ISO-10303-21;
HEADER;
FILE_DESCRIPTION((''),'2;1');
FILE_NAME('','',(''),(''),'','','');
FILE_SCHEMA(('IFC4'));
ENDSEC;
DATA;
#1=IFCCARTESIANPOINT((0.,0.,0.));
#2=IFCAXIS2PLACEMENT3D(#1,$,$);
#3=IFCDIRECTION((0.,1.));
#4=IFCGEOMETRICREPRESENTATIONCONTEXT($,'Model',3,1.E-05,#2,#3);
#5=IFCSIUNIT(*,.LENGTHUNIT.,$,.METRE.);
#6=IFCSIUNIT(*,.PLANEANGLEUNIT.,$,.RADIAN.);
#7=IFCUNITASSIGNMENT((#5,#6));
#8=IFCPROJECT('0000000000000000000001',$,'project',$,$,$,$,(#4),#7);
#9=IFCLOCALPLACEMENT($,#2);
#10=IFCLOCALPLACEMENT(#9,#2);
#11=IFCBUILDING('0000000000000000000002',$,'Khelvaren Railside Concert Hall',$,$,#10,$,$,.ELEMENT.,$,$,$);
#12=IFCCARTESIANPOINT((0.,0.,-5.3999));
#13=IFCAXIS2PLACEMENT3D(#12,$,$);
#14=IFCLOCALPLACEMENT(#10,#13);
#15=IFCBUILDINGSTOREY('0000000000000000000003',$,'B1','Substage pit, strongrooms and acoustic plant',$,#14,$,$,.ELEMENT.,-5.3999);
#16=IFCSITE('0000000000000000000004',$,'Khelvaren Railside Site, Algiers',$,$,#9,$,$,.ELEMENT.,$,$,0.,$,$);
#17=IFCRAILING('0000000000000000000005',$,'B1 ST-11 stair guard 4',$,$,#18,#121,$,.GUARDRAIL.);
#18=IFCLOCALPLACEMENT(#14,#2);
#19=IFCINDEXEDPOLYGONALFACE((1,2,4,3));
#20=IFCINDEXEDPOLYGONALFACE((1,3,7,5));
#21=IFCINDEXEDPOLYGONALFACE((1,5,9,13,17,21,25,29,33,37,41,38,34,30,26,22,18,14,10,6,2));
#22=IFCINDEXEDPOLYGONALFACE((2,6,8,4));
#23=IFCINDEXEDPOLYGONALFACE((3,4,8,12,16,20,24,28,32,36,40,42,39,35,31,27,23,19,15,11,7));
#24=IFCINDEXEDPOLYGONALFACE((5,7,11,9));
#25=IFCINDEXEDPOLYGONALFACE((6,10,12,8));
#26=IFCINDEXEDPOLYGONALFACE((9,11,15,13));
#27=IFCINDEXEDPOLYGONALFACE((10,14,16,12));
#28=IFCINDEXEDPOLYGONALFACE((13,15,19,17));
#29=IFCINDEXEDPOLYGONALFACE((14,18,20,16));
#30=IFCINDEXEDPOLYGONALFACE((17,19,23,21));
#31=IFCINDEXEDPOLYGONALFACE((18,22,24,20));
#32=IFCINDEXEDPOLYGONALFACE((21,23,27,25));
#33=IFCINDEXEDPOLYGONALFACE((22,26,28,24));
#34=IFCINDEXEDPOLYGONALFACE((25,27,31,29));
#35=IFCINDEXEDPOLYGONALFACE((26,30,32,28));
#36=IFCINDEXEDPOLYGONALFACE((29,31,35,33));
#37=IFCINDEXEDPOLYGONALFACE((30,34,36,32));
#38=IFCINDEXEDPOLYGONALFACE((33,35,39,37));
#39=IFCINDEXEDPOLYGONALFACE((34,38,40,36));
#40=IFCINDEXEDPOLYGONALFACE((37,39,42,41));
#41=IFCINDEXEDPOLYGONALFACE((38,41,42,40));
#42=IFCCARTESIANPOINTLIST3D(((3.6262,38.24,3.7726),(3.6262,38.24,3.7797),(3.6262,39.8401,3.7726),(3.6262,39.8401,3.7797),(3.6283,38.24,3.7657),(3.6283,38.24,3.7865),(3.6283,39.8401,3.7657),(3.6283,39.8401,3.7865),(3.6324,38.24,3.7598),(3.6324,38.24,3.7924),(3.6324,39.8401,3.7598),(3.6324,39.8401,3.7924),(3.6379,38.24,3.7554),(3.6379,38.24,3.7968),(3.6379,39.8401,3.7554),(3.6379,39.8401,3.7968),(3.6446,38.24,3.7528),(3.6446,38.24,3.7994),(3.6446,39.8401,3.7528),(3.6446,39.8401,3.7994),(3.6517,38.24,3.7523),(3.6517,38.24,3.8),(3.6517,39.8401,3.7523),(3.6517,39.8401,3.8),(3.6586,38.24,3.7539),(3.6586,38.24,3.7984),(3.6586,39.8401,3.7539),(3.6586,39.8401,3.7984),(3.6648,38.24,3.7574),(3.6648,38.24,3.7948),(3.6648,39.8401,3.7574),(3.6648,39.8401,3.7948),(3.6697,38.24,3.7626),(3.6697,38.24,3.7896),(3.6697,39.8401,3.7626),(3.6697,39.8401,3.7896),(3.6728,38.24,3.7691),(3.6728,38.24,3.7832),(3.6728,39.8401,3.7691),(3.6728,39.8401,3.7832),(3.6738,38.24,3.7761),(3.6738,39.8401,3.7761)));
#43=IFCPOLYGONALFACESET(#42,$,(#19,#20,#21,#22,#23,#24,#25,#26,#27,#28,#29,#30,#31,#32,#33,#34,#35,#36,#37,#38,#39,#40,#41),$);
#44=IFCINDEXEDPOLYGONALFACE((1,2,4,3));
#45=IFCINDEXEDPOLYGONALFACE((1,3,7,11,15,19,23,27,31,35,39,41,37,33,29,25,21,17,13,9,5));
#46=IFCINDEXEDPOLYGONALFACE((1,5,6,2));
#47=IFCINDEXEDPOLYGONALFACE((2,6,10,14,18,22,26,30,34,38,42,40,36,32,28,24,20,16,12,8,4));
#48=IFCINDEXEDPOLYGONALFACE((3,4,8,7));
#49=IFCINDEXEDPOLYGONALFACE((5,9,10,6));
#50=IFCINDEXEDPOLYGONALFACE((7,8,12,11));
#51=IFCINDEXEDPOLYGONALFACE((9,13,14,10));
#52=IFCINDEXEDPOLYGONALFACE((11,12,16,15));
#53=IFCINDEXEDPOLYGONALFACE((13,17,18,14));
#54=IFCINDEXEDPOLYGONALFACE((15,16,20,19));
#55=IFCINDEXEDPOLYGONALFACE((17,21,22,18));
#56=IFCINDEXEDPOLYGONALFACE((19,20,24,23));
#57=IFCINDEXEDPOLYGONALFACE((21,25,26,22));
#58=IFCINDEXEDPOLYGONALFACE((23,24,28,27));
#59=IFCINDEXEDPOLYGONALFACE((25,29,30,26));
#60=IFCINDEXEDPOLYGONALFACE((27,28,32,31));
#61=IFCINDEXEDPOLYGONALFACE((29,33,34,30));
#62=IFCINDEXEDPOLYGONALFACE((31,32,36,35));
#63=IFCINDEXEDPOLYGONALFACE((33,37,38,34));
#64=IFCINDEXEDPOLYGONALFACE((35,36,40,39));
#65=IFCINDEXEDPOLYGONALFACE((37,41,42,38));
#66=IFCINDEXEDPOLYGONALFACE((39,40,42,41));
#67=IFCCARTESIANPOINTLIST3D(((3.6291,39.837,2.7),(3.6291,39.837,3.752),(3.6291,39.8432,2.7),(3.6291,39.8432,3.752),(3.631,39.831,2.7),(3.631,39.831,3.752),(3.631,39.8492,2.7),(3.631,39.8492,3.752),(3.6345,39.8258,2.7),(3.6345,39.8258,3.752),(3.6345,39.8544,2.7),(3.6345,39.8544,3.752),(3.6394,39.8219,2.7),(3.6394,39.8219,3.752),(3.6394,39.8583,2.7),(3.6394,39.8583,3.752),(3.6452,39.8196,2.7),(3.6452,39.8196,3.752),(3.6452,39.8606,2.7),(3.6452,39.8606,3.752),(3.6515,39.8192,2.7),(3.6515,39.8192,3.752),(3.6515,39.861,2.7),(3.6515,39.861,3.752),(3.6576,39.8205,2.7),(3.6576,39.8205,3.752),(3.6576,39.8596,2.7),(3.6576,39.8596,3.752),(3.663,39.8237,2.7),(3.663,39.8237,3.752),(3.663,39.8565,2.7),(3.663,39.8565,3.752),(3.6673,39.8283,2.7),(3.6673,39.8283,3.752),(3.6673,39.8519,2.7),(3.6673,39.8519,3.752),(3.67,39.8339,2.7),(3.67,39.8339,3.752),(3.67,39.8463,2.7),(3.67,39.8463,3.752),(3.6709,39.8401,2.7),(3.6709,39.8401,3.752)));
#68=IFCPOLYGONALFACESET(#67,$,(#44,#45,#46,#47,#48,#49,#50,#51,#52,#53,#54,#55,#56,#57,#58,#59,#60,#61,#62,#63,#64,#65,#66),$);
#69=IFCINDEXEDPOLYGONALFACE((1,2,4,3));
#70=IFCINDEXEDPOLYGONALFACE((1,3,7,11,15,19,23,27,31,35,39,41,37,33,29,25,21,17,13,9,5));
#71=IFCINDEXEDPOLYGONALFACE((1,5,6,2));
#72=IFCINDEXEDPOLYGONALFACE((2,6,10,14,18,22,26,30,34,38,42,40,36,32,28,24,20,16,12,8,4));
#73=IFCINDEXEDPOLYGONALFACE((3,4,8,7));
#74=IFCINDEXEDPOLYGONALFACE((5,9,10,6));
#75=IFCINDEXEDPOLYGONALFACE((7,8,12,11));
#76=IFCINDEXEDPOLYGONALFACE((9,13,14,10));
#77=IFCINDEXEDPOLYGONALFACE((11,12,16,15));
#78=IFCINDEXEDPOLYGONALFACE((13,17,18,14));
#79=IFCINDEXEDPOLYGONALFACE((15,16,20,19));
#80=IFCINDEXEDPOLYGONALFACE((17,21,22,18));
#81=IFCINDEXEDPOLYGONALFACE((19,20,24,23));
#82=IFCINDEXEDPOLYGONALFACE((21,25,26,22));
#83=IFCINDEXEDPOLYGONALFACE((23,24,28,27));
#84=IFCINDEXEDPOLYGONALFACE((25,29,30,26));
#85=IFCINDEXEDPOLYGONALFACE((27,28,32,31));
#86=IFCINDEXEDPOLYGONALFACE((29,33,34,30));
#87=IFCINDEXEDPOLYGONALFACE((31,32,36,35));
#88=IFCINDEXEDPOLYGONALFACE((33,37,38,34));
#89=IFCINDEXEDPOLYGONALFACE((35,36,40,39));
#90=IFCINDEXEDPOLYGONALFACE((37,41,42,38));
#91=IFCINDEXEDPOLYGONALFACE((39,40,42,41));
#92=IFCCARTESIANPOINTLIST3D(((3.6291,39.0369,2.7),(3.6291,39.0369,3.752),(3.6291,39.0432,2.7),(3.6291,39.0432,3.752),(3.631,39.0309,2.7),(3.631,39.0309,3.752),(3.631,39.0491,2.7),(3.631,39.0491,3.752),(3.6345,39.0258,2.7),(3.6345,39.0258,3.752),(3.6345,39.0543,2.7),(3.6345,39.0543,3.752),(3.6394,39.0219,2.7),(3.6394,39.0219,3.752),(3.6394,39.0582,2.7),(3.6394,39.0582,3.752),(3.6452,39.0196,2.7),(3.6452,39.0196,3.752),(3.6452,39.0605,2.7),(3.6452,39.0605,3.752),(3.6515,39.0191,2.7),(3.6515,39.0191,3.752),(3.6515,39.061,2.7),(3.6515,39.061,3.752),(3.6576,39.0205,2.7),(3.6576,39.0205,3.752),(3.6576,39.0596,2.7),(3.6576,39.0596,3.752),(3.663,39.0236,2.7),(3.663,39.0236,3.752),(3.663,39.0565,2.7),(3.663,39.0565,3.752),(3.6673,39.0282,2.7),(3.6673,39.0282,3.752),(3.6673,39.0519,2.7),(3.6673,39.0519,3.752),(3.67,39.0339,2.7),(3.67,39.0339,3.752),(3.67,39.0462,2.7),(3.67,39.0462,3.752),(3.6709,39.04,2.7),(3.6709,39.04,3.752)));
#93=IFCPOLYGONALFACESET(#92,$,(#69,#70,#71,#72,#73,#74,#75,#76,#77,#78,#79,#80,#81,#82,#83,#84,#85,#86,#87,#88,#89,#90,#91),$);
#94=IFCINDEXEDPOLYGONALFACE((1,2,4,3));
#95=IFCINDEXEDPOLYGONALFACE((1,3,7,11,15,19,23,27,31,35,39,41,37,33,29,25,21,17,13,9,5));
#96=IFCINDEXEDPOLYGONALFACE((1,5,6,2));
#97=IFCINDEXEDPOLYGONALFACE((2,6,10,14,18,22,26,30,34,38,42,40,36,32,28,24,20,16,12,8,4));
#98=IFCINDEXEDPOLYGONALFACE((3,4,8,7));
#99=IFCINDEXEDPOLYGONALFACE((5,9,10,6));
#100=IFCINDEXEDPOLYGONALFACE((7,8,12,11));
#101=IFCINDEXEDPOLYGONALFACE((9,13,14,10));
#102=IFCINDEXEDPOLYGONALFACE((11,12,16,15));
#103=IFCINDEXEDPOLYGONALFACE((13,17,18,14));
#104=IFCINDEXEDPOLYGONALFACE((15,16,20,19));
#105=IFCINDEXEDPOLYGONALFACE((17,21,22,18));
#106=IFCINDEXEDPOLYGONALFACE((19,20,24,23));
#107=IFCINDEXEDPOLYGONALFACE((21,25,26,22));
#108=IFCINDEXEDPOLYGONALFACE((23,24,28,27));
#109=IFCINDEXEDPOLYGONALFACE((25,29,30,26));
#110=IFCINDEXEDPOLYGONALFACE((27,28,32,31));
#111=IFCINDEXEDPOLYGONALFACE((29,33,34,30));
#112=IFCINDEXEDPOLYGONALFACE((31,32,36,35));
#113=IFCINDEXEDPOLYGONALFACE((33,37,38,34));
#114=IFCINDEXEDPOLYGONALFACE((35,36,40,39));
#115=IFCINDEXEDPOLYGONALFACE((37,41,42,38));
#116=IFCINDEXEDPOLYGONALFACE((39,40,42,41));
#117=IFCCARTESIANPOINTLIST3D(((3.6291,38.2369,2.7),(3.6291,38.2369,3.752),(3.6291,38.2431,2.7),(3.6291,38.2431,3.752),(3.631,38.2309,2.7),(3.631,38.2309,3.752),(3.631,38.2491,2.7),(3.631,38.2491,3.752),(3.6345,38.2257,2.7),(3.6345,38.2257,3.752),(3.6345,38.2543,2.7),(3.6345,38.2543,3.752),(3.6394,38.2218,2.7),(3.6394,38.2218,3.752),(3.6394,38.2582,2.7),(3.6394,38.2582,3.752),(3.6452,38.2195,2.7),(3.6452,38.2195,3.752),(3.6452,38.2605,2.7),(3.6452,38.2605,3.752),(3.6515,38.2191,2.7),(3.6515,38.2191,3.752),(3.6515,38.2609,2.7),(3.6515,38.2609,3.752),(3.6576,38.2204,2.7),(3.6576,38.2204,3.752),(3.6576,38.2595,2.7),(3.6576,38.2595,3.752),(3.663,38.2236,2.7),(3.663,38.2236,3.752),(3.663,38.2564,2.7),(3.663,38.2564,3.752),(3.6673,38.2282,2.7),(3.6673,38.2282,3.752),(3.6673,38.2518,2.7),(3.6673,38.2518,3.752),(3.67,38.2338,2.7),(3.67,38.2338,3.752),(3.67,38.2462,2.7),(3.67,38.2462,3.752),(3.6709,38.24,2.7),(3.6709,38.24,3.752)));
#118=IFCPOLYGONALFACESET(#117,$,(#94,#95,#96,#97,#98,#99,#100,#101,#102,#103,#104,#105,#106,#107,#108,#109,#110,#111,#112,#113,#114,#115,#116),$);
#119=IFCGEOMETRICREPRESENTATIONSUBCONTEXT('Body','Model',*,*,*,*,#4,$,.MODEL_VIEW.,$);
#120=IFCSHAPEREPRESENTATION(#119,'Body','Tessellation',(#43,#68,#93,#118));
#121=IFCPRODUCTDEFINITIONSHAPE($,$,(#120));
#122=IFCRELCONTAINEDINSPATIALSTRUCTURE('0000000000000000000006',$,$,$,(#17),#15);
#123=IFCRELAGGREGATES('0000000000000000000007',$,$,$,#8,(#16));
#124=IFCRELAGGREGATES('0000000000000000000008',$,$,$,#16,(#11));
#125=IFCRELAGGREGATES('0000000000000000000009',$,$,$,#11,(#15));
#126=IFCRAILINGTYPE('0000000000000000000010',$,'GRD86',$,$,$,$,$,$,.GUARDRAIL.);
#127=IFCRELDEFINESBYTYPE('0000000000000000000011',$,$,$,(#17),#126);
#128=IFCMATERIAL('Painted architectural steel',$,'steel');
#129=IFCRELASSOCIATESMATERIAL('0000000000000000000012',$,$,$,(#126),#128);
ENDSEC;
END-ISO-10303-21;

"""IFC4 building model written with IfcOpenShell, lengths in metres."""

from ifc_helpers import new_model, si_unit, direction, frame, origin, origin_2d, place, context, subcontext, project, spatial, circle, extrude, material, type_object, element, save


model = new_model("IFC4")

# Units and contexts
model_context = context("Model", 3, precision=1e-05, world=origin(), true_north=direction((0.0, 1.0)))
body_context = subcontext(model_context, "Body", "Model", "MODEL_VIEW")
ifc_project = project(units=[si_unit("LENGTHUNIT", "METRE"), si_unit("PLANEANGLEUNIT", "RADIAN")], contexts=[model_context])

# Site, building, storey
site_placement = place(None, origin())
site = spatial("IfcSite", under=ifc_project, at=site_placement, Name="Khelvaren Railside Site, Algiers", CompositionType="ELEMENT", RefElevation=0.0)
building_placement = place(site_placement, origin())
building = spatial("IfcBuilding", under=site, at=building_placement, Name="Khelvaren Railside Concert Hall", CompositionType="ELEMENT")
storey_placement = place(building_placement, frame((0.0, 0.0, -5.3999)))
storey = spatial("IfcBuildingStorey", under=building, at=storey_placement, Name="B1", Description="Substage pit, strongrooms and acoustic plant", CompositionType="ELEMENT", Elevation=-5.3999)

# Railing
ifc_material_1 = material(Name="Painted architectural steel", Category="steel")
railing_type_1 = type_object("IfcRailingType", Name="GRD86", PredefinedType="GUARDRAIL", material=ifc_material_1)
for number, where, name in (
    (1, (3.6499, 39.8401, 2.7), "B1 ST-11 stair guard 4"),
):
    element("IfcRailing", number, at=place(storey_placement, frame(where)), inside=storey, type_object=railing_type_1, Name=name, PredefinedType="GUARDRAIL", context=body_context, shape_type="SweptSolid", body=[
        extrude(circle(Radius=0.0239, at=origin_2d()), frame((0.0, 0.0, 1.0762), z_axis=(0.0, -1.0, 0.0), x_axis=(1.0, 0.0, 0.0)), (0.0, 0.0, 1.0), 1.6001),
        extrude(circle(Radius=0.021, at=origin_2d()), origin(), (0.0, 0.0, 1.0), 1.052),
        extrude(circle(Radius=0.021, at=origin_2d()), frame((0.0, -0.8, 0.0)), (0.0, 0.0, 1.0), 1.052),
        extrude(circle(Radius=0.021, at=origin_2d()), frame((0.0, -1.6001, 0.0)), (0.0, 0.0, 1.0), 1.052),
    ])

save(model, "model.ifc")
